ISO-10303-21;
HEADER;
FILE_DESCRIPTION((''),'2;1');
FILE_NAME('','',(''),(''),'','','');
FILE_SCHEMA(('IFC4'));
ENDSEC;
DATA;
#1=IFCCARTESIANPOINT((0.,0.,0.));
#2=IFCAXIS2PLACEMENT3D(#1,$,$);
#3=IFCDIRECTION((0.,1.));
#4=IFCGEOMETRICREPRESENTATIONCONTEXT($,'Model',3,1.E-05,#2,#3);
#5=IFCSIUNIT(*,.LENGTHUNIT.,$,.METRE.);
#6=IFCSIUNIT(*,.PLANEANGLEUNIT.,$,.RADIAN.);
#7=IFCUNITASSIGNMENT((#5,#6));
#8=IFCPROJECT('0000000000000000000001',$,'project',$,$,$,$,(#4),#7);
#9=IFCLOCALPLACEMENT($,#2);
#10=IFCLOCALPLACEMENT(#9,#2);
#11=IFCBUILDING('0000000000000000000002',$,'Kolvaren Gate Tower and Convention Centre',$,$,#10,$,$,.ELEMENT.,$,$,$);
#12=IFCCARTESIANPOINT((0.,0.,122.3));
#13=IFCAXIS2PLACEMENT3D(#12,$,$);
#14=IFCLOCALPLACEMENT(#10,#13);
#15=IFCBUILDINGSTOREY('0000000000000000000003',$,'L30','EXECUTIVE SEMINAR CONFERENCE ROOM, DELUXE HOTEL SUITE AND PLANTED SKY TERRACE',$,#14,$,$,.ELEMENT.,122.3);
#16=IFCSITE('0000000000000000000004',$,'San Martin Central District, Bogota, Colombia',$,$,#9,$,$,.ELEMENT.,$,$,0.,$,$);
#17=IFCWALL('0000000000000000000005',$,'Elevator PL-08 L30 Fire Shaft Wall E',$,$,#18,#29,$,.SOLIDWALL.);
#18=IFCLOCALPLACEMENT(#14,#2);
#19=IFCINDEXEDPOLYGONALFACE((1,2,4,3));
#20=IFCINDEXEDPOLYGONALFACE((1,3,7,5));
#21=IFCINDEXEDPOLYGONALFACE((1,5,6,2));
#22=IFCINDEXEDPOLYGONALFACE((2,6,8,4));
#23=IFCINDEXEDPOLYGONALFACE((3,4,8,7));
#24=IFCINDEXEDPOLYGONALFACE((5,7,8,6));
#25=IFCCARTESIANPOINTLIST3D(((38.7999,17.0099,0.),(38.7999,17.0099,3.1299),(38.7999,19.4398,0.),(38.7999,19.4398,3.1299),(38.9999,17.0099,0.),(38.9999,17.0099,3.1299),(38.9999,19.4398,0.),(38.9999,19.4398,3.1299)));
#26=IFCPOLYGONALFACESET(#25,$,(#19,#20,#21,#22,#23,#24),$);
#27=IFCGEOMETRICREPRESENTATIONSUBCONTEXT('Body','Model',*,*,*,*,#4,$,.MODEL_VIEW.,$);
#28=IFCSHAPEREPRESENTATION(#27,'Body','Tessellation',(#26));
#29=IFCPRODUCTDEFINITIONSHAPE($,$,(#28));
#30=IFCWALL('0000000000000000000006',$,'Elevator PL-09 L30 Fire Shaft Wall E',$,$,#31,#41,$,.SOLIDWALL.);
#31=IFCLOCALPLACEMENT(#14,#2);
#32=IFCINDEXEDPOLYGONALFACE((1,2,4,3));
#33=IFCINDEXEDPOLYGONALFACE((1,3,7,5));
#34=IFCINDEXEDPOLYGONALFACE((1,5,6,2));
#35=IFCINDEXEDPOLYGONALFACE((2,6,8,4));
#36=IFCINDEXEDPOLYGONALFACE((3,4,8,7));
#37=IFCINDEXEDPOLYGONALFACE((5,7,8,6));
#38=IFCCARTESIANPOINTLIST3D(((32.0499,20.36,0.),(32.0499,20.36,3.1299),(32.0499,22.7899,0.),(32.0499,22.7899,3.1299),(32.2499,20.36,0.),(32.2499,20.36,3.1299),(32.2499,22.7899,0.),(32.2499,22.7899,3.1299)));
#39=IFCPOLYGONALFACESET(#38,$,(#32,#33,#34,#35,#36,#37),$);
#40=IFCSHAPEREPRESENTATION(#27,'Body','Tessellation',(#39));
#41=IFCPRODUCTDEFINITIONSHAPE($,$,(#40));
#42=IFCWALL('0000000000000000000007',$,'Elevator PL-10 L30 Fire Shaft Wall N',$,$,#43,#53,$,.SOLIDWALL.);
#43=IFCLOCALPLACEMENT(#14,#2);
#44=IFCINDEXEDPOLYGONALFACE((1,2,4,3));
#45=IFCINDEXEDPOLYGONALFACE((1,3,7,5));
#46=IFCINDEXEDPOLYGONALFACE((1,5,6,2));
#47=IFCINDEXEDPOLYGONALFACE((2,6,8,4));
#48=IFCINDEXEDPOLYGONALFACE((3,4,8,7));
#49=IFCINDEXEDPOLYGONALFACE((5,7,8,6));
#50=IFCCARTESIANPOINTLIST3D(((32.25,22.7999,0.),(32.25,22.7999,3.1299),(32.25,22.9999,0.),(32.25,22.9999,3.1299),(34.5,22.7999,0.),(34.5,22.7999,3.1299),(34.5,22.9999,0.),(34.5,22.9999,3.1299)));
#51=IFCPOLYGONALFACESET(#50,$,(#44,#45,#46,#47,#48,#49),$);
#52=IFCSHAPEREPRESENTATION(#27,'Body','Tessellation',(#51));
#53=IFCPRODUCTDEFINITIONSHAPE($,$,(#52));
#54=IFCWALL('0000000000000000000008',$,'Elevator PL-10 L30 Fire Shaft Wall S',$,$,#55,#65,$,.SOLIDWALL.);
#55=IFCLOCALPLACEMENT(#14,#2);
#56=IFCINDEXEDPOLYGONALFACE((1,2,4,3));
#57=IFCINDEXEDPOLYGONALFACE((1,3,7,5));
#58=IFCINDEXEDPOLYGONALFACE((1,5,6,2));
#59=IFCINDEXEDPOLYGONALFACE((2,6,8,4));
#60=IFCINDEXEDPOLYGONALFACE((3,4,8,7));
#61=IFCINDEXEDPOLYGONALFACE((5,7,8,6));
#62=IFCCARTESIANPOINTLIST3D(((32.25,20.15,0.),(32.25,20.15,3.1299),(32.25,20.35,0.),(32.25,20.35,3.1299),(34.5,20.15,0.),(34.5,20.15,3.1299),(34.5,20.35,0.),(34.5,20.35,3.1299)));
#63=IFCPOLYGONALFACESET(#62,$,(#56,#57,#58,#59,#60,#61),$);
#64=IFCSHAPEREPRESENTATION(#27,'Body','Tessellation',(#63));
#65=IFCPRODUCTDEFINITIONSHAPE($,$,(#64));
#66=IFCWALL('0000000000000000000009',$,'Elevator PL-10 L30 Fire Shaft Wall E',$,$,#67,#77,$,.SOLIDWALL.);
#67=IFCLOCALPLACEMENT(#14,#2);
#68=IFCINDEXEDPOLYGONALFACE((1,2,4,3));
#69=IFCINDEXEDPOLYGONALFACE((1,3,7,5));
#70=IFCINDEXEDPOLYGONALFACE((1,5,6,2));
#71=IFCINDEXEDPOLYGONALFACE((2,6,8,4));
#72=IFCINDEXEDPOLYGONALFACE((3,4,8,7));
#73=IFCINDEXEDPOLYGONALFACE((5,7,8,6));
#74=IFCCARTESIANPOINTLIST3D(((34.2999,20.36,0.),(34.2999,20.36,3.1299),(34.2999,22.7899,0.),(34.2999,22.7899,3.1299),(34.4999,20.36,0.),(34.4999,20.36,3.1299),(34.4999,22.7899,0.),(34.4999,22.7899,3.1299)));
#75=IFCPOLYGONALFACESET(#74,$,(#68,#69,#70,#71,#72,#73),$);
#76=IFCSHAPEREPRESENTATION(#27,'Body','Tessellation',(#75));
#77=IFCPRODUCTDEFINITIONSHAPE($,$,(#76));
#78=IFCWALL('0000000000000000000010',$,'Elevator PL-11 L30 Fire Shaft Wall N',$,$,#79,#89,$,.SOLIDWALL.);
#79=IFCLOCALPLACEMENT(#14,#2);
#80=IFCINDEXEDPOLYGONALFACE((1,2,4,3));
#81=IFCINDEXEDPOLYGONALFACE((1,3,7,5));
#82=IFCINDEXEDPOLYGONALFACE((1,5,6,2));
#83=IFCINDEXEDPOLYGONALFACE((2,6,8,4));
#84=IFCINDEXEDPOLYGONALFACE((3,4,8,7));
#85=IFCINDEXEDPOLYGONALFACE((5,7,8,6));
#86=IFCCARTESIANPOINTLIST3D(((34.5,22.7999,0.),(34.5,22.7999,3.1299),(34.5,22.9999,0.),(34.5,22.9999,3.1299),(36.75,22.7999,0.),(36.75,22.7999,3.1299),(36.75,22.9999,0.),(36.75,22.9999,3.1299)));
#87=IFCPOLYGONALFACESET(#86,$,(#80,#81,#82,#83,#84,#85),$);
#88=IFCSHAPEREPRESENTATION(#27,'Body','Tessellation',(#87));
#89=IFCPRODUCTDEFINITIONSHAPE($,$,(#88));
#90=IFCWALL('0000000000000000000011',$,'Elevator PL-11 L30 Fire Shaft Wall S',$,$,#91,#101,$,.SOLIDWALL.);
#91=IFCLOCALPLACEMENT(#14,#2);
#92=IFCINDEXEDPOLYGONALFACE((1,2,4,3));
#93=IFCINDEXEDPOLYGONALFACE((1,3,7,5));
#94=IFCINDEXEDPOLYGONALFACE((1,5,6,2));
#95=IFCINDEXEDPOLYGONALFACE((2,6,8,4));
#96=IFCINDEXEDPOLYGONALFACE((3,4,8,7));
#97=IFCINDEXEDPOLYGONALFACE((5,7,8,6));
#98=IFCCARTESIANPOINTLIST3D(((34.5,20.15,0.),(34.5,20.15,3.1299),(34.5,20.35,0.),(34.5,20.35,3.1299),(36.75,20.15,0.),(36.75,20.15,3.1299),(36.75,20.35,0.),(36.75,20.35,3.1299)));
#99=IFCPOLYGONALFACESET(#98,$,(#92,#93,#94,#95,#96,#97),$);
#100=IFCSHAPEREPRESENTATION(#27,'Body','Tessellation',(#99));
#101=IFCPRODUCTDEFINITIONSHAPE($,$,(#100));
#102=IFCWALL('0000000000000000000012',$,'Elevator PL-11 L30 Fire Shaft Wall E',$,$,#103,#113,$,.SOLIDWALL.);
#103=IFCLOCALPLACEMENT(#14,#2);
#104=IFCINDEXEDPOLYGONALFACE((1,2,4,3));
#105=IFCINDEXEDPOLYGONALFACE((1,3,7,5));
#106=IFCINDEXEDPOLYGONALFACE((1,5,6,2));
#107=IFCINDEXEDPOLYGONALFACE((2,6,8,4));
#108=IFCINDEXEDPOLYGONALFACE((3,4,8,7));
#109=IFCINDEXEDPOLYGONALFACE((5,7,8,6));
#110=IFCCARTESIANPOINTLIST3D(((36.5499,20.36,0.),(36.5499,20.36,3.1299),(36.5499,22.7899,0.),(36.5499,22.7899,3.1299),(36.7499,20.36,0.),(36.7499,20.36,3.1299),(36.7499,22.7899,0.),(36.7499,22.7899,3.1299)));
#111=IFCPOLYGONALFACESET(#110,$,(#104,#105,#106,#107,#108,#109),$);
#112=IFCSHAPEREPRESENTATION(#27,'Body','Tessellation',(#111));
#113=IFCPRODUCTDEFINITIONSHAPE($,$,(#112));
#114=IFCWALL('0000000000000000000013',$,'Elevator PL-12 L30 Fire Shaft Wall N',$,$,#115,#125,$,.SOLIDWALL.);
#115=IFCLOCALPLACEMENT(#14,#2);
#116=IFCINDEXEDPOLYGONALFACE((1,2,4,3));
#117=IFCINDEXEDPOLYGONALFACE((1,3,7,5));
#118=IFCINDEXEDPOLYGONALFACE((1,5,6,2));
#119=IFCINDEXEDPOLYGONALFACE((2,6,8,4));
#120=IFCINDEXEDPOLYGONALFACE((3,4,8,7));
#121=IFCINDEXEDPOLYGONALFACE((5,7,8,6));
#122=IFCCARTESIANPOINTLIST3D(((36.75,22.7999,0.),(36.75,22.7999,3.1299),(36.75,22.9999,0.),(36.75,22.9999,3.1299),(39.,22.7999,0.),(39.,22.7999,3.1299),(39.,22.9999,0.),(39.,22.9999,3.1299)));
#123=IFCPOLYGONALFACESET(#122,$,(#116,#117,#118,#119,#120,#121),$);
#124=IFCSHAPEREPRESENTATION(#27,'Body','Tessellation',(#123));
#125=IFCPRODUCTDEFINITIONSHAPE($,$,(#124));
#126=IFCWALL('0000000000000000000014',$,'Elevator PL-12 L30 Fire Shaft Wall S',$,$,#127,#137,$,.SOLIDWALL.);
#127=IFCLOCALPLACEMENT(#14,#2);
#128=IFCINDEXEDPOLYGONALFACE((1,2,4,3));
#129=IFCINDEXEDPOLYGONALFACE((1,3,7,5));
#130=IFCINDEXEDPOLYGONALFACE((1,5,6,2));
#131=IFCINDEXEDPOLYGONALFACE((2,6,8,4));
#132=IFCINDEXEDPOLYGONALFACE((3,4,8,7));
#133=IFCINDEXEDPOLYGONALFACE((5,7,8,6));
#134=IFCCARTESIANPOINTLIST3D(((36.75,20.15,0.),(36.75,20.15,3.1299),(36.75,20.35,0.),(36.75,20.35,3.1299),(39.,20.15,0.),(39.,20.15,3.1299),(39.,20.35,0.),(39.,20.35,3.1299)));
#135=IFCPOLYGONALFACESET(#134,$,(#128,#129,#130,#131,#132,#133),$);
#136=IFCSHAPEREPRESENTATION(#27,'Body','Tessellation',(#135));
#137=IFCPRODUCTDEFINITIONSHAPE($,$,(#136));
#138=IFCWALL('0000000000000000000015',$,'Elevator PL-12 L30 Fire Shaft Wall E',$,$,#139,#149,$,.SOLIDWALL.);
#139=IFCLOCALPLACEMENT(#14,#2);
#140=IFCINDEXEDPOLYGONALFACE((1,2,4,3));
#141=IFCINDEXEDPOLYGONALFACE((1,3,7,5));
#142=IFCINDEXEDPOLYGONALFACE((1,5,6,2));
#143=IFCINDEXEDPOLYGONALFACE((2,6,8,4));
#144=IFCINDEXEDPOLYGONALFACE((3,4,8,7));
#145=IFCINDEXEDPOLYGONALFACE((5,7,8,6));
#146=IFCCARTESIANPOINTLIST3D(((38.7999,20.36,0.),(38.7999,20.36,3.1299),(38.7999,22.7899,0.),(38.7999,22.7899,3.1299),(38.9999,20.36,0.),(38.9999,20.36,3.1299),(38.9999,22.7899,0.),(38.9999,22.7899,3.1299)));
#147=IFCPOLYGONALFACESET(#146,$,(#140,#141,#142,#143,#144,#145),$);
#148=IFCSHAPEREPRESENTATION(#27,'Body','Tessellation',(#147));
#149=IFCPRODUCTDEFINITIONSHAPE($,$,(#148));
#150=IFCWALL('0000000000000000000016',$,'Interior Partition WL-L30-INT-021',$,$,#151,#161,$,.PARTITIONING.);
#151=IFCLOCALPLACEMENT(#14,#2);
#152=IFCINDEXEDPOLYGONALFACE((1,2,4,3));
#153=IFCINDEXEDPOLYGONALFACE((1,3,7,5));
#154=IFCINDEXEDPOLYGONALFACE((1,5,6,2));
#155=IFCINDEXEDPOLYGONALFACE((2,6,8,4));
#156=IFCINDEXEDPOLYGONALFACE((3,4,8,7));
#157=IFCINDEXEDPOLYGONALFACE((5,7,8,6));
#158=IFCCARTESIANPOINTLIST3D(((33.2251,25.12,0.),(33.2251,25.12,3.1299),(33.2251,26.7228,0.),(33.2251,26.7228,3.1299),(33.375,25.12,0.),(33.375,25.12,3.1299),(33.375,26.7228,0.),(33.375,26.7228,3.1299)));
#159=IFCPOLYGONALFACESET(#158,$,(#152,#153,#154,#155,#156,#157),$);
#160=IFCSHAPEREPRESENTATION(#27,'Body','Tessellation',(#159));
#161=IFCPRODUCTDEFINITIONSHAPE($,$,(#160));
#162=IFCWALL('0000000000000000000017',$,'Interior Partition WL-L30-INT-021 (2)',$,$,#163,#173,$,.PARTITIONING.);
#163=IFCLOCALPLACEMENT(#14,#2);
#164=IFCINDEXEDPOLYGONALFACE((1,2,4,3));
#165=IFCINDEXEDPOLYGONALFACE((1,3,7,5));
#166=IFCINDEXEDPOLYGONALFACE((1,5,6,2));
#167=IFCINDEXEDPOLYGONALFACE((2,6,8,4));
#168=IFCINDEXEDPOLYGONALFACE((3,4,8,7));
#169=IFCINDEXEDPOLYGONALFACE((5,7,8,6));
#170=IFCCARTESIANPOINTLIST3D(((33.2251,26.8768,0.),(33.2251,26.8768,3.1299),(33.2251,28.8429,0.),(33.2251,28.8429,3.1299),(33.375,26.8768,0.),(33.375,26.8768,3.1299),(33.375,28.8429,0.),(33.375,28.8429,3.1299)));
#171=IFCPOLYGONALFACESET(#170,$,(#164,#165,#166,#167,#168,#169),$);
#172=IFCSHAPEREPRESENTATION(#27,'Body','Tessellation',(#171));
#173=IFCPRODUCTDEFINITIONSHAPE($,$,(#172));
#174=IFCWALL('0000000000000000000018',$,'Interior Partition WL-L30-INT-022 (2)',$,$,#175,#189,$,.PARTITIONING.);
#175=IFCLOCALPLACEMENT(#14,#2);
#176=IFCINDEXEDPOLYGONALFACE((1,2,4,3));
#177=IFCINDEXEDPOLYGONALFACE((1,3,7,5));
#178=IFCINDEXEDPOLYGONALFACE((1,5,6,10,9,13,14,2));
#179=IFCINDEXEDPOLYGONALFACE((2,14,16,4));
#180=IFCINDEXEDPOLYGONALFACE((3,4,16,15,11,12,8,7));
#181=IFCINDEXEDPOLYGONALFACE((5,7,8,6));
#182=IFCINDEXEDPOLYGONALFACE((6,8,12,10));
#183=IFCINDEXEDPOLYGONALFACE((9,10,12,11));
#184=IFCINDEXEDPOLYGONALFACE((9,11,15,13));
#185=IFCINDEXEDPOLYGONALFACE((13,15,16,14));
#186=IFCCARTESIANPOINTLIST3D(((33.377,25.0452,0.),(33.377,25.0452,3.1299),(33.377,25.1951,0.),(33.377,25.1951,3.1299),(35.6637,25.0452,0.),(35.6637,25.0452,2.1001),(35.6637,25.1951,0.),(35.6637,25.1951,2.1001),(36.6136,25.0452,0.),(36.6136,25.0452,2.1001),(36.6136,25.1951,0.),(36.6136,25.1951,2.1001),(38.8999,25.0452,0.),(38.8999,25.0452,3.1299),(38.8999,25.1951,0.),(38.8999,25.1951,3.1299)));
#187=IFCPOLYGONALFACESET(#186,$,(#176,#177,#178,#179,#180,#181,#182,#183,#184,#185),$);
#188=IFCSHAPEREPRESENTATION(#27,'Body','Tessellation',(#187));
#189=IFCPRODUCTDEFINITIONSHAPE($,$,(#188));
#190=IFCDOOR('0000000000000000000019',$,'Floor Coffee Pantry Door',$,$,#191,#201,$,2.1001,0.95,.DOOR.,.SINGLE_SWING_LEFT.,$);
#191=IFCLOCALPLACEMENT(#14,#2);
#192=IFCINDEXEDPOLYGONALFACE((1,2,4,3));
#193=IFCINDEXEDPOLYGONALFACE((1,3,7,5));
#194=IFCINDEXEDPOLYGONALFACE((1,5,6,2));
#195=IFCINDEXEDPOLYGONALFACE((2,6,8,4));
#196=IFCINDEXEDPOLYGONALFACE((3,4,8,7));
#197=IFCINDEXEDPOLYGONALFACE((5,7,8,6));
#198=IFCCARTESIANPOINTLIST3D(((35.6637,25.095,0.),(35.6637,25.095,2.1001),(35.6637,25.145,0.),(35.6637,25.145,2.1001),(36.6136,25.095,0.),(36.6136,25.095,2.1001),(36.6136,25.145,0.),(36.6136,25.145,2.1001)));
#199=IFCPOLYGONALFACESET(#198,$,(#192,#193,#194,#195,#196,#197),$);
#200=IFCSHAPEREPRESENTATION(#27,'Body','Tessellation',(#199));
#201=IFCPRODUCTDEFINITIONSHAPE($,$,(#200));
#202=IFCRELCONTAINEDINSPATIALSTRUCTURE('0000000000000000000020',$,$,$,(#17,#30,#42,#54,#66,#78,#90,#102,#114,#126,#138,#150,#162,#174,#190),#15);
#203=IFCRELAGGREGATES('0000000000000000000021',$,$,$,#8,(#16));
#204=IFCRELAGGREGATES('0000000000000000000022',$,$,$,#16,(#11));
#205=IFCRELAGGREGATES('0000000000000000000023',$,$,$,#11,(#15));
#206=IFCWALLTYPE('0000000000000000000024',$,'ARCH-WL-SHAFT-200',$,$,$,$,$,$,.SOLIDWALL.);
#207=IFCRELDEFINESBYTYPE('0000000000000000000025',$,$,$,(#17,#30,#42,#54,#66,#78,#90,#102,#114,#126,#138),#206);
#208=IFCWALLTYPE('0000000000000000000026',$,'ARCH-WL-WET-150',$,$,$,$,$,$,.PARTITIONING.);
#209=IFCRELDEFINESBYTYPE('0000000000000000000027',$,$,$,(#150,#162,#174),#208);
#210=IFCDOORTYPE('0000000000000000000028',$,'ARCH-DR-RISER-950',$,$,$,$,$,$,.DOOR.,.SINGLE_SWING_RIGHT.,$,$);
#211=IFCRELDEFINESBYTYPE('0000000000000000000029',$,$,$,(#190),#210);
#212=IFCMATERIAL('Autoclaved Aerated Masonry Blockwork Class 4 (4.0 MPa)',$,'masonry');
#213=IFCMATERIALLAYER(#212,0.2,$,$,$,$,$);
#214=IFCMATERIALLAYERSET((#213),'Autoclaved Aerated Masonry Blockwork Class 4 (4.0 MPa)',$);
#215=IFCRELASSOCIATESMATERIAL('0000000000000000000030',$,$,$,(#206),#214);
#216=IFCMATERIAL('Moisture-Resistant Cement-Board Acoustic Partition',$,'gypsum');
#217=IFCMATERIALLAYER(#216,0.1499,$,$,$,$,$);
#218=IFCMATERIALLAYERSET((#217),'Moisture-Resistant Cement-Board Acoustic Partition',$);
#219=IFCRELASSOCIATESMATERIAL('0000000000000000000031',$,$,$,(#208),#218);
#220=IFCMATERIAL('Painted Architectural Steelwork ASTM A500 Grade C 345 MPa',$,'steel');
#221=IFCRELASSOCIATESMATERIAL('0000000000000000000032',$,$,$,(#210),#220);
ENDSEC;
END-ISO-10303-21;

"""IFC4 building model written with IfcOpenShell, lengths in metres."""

from ifc_helpers import new_model, si_unit, direction, frame, frame_2d, origin, place, context, subcontext, project, spatial, rectangle, extrude, material, layer, layer_set, type_object, element, fill, save


model = new_model("IFC4")

# Units and contexts
model_context = context("Model", 3, precision=1e-05, world=origin(), true_north=direction((0.0, 1.0)))
body_context = subcontext(model_context, "Body", "Model", "MODEL_VIEW")
ifc_project = project(units=[si_unit("LENGTHUNIT", "METRE"), si_unit("PLANEANGLEUNIT", "RADIAN")], contexts=[model_context])

# Site, building, storey
site_placement = place(None, origin())
site = spatial("IfcSite", under=ifc_project, at=site_placement, Name="San Martin Central District, Bogota, Colombia", CompositionType="ELEMENT", RefElevation=0.0)
building_placement = place(site_placement, origin())
building = spatial("IfcBuilding", under=site, at=building_placement, Name="Kolvaren Gate Tower and Convention Centre", CompositionType="ELEMENT")
storey_placement = place(building_placement, frame((0.0, 0.0, 122.3)))
storey = spatial("IfcBuildingStorey", under=building, at=storey_placement, Name="L30", Description="EXECUTIVE SEMINAR CONFERENCE ROOM, DELUXE HOTEL SUITE AND PLANTED SKY TERRACE", CompositionType="ELEMENT", Elevation=122.3)

# Walls
ifc_material_1 = material(Name="Autoclaved Aerated Masonry Blockwork Class 4 (4.0 MPa)", Category="masonry")
ifc_layer_1 = layer(ifc_material_1, 0.2)
ifc_layer_set_1 = layer_set([ifc_layer_1], Name="Autoclaved Aerated Masonry Blockwork Class 4 (4.0 MPa)")
wall_type_1 = type_object("IfcWallType", Name="ARCH-WL-SHAFT-200", PredefinedType="SOLIDWALL", material=ifc_layer_set_1)
for number, where, z_axis, x_axis, name in (
    (1, (38.8999, 17.01, 0.0), (0.0, 0.0, 1.0), (0.0, 1.0, 0.0), "Elevator PL-08 L30 Fire Shaft Wall E"),
    (2, (32.1499, 20.3601, 0.0), (0.0, 0.0, 1.0), (0.0, 1.0, 0.0), "Elevator PL-09 L30 Fire Shaft Wall E"),
):
    element("IfcWall", number, at=place(storey_placement, frame(where, z_axis=z_axis, x_axis=x_axis)), inside=storey, type_object=wall_type_1, Name=name, PredefinedType="SOLIDWALL", context=body_context, shape_type="SweptSolid", body=[
        extrude(rectangle(XDim=2.4299, YDim=0.2, at=frame_2d((1.2148, 0.0))), origin(), (0.0, 0.0, 1.0), 3.1299),
    ])
for number, where, z_axis, x_axis, name in (
    (3, (32.25, 22.8999, 0.0), (0.0, 0.0, 1.0), (1.0, 0.0, 0.0), "Elevator PL-10 L30 Fire Shaft Wall N"),
    (4, (32.25, 20.25, 0.0), (0.0, 0.0, 1.0), (1.0, 0.0, 0.0), "Elevator PL-10 L30 Fire Shaft Wall S"),
):
    element("IfcWall", number, at=place(storey_placement, frame(where, z_axis=z_axis, x_axis=x_axis)), inside=storey, type_object=wall_type_1, Name=name, PredefinedType="SOLIDWALL", context=body_context, shape_type="SweptSolid", body=[
        extrude(rectangle(XDim=2.25, YDim=0.2, at=frame_2d((1.125, 0.0))), origin(), (0.0, 0.0, 1.0), 3.1299),
    ])
wall_1_placement = place(storey_placement, frame((34.3999, 20.3601, 0.0), z_axis=(0.0, 0.0, 1.0), x_axis=(0.0, 1.0, 0.0)))
element("IfcWall", 5, at=wall_1_placement, inside=storey, type_object=wall_type_1, Name="Elevator PL-10 L30 Fire Shaft Wall E", PredefinedType="SOLIDWALL", context=body_context, shape_type="SweptSolid", body=[
    extrude(rectangle(XDim=2.4299, YDim=0.2, at=frame_2d((1.2148, 0.0))), origin(), (0.0, 0.0, 1.0), 3.1299),
])
for number, where, z_axis, x_axis, name in (
    (6, (34.5, 22.8999, 0.0), (0.0, 0.0, 1.0), (1.0, 0.0, 0.0), "Elevator PL-11 L30 Fire Shaft Wall N"),
    (7, (34.5, 20.25, 0.0), (0.0, 0.0, 1.0), (1.0, 0.0, 0.0), "Elevator PL-11 L30 Fire Shaft Wall S"),
):
    element("IfcWall", number, at=place(storey_placement, frame(where, z_axis=z_axis, x_axis=x_axis)), inside=storey, type_object=wall_type_1, Name=name, PredefinedType="SOLIDWALL", context=body_context, shape_type="SweptSolid", body=[
        extrude(rectangle(XDim=2.25, YDim=0.2, at=frame_2d((1.125, 0.0))), origin(), (0.0, 0.0, 1.0), 3.1299),
    ])
wall_2_placement = place(storey_placement, frame((36.6499, 20.3601, 0.0), z_axis=(0.0, 0.0, 1.0), x_axis=(0.0, 1.0, 0.0)))
element("IfcWall", 8, at=wall_2_placement, inside=storey, type_object=wall_type_1, Name="Elevator PL-11 L30 Fire Shaft Wall E", PredefinedType="SOLIDWALL", context=body_context, shape_type="SweptSolid", body=[
    extrude(rectangle(XDim=2.4299, YDim=0.2, at=frame_2d((1.2148, 0.0))), origin(), (0.0, 0.0, 1.0), 3.1299),
])
for number, where, z_axis, x_axis, name in (
    (9, (36.75, 22.8999, 0.0), (0.0, 0.0, 1.0), (1.0, 0.0, 0.0), "Elevator PL-12 L30 Fire Shaft Wall N"),
    (10, (36.75, 20.25, 0.0), (0.0, 0.0, 1.0), (1.0, 0.0, 0.0), "Elevator PL-12 L30 Fire Shaft Wall S"),
):
    element("IfcWall", number, at=place(storey_placement, frame(where, z_axis=z_axis, x_axis=x_axis)), inside=storey, type_object=wall_type_1, Name=name, PredefinedType="SOLIDWALL", context=body_context, shape_type="SweptSolid", body=[
        extrude(rectangle(XDim=2.25, YDim=0.2, at=frame_2d((1.125, 0.0))), origin(), (0.0, 0.0, 1.0), 3.1299),
    ])
wall_3_placement = place(storey_placement, frame((38.8999, 20.3601, 0.0), z_axis=(0.0, 0.0, 1.0), x_axis=(0.0, 1.0, 0.0)))
element("IfcWall", 11, at=wall_3_placement, inside=storey, type_object=wall_type_1, Name="Elevator PL-12 L30 Fire Shaft Wall E", PredefinedType="SOLIDWALL", context=body_context, shape_type="SweptSolid", body=[
    extrude(rectangle(XDim=2.4299, YDim=0.2, at=frame_2d((1.2148, 0.0))), origin(), (0.0, 0.0, 1.0), 3.1299),
])
ifc_material_2 = material(Name="Moisture-Resistant Cement-Board Acoustic Partition", Category="gypsum")
ifc_layer_2 = layer(ifc_material_2, 0.1499)
ifc_layer_set_2 = layer_set([ifc_layer_2], Name="Moisture-Resistant Cement-Board Acoustic Partition")
wall_type_2 = type_object("IfcWallType", Name="ARCH-WL-WET-150", PredefinedType="PARTITIONING", material=ifc_layer_set_2)
wall_4_placement = place(storey_placement, frame((33.3, 25.1201, 0.0), z_axis=(0.0, 0.0, 1.0), x_axis=(0.0, 1.0, 0.0)))
element("IfcWall", 12, at=wall_4_placement, inside=storey, type_object=wall_type_2, Name="Interior Partition WL-L30-INT-021", PredefinedType="PARTITIONING", context=body_context, shape_type="SweptSolid", body=[
    extrude(rectangle(XDim=1.6028, YDim=0.1499, at=frame_2d((0.8013, 0.0))), origin(), (0.0, 0.0, 1.0), 3.1299),
])
wall_5_placement = place(storey_placement, frame((33.3, 26.877, 0.0), z_axis=(0.0, 0.0, 1.0), x_axis=(0.0, 1.0, 0.0)))
element("IfcWall", 13, at=wall_5_placement, inside=storey, type_object=wall_type_2, Name="Interior Partition WL-L30-INT-021 (2)", PredefinedType="PARTITIONING", context=body_context, shape_type="SweptSolid", body=[
    extrude(rectangle(XDim=1.9661, YDim=0.1499, at=frame_2d((0.9829, 0.0))), origin(), (0.0, 0.0, 1.0), 3.1299),
])

# Wall, opening, door
wall_6_placement = place(storey_placement, frame((33.377, 25.1201, 0.0), z_axis=(0.0, 0.0, 1.0), x_axis=(1.0, 0.0, 0.0)))
wall_6 = element("IfcWall", 14, at=wall_6_placement, inside=storey, type_object=wall_type_2, Name="Interior Partition WL-L30-INT-022 (2)", PredefinedType="PARTITIONING", context=body_context, shape_type="SweptSolid", body=[
    extrude(rectangle(XDim=5.5229, YDim=0.1499, at=frame_2d((2.7615, 0.0))), origin(), (0.0, 0.0, 1.0), 3.1299),
])
opening_placement = place(wall_6_placement, frame((2.2866, 0.0, 0.0)))
opening = element("IfcOpeningElement", 15, at=opening_placement, cuts=wall_6, PredefinedType="OPENING", context=body_context, shape_type="SweptSolid", body=[
    extrude(rectangle(XDim=0.95, YDim=2.1001, at=frame_2d((0.4751, 1.05))), frame((0.0, 0.085, 0.0), z_axis=(0.0, -1.0, 0.0), x_axis=(1.0, 0.0, 0.0)), (0.0, 0.0, 1.0), 0.1699),
])
ifc_material_3 = material(Name="Painted Architectural Steelwork ASTM A500 Grade C 345 MPa", Category="steel")
door_type = type_object("IfcDoorType", Name="ARCH-DR-RISER-950", OperationType="SINGLE_SWING_RIGHT", PredefinedType="DOOR", material=ifc_material_3)
door_placement = place(opening_placement, origin())
door = element("IfcDoor", 16, at=door_placement, inside=storey, type_object=door_type, Name="Floor Coffee Pantry Door", OperationType="SINGLE_SWING_LEFT", OverallHeight=2.1001, OverallWidth=0.95, PredefinedType="DOOR", context=body_context, shape_type="SweptSolid", body=[
    extrude(rectangle(XDim=0.95, YDim=2.1001, at=frame_2d((0.4751, 1.05))), frame((0.0, 0.0249, 0.0), z_axis=(0.0, -1.0, 0.0), x_axis=(1.0, 0.0, 0.0)), (0.0, 0.0, 1.0), 0.05),
])
fill(opening, door)

save(model, "model.ifc")
